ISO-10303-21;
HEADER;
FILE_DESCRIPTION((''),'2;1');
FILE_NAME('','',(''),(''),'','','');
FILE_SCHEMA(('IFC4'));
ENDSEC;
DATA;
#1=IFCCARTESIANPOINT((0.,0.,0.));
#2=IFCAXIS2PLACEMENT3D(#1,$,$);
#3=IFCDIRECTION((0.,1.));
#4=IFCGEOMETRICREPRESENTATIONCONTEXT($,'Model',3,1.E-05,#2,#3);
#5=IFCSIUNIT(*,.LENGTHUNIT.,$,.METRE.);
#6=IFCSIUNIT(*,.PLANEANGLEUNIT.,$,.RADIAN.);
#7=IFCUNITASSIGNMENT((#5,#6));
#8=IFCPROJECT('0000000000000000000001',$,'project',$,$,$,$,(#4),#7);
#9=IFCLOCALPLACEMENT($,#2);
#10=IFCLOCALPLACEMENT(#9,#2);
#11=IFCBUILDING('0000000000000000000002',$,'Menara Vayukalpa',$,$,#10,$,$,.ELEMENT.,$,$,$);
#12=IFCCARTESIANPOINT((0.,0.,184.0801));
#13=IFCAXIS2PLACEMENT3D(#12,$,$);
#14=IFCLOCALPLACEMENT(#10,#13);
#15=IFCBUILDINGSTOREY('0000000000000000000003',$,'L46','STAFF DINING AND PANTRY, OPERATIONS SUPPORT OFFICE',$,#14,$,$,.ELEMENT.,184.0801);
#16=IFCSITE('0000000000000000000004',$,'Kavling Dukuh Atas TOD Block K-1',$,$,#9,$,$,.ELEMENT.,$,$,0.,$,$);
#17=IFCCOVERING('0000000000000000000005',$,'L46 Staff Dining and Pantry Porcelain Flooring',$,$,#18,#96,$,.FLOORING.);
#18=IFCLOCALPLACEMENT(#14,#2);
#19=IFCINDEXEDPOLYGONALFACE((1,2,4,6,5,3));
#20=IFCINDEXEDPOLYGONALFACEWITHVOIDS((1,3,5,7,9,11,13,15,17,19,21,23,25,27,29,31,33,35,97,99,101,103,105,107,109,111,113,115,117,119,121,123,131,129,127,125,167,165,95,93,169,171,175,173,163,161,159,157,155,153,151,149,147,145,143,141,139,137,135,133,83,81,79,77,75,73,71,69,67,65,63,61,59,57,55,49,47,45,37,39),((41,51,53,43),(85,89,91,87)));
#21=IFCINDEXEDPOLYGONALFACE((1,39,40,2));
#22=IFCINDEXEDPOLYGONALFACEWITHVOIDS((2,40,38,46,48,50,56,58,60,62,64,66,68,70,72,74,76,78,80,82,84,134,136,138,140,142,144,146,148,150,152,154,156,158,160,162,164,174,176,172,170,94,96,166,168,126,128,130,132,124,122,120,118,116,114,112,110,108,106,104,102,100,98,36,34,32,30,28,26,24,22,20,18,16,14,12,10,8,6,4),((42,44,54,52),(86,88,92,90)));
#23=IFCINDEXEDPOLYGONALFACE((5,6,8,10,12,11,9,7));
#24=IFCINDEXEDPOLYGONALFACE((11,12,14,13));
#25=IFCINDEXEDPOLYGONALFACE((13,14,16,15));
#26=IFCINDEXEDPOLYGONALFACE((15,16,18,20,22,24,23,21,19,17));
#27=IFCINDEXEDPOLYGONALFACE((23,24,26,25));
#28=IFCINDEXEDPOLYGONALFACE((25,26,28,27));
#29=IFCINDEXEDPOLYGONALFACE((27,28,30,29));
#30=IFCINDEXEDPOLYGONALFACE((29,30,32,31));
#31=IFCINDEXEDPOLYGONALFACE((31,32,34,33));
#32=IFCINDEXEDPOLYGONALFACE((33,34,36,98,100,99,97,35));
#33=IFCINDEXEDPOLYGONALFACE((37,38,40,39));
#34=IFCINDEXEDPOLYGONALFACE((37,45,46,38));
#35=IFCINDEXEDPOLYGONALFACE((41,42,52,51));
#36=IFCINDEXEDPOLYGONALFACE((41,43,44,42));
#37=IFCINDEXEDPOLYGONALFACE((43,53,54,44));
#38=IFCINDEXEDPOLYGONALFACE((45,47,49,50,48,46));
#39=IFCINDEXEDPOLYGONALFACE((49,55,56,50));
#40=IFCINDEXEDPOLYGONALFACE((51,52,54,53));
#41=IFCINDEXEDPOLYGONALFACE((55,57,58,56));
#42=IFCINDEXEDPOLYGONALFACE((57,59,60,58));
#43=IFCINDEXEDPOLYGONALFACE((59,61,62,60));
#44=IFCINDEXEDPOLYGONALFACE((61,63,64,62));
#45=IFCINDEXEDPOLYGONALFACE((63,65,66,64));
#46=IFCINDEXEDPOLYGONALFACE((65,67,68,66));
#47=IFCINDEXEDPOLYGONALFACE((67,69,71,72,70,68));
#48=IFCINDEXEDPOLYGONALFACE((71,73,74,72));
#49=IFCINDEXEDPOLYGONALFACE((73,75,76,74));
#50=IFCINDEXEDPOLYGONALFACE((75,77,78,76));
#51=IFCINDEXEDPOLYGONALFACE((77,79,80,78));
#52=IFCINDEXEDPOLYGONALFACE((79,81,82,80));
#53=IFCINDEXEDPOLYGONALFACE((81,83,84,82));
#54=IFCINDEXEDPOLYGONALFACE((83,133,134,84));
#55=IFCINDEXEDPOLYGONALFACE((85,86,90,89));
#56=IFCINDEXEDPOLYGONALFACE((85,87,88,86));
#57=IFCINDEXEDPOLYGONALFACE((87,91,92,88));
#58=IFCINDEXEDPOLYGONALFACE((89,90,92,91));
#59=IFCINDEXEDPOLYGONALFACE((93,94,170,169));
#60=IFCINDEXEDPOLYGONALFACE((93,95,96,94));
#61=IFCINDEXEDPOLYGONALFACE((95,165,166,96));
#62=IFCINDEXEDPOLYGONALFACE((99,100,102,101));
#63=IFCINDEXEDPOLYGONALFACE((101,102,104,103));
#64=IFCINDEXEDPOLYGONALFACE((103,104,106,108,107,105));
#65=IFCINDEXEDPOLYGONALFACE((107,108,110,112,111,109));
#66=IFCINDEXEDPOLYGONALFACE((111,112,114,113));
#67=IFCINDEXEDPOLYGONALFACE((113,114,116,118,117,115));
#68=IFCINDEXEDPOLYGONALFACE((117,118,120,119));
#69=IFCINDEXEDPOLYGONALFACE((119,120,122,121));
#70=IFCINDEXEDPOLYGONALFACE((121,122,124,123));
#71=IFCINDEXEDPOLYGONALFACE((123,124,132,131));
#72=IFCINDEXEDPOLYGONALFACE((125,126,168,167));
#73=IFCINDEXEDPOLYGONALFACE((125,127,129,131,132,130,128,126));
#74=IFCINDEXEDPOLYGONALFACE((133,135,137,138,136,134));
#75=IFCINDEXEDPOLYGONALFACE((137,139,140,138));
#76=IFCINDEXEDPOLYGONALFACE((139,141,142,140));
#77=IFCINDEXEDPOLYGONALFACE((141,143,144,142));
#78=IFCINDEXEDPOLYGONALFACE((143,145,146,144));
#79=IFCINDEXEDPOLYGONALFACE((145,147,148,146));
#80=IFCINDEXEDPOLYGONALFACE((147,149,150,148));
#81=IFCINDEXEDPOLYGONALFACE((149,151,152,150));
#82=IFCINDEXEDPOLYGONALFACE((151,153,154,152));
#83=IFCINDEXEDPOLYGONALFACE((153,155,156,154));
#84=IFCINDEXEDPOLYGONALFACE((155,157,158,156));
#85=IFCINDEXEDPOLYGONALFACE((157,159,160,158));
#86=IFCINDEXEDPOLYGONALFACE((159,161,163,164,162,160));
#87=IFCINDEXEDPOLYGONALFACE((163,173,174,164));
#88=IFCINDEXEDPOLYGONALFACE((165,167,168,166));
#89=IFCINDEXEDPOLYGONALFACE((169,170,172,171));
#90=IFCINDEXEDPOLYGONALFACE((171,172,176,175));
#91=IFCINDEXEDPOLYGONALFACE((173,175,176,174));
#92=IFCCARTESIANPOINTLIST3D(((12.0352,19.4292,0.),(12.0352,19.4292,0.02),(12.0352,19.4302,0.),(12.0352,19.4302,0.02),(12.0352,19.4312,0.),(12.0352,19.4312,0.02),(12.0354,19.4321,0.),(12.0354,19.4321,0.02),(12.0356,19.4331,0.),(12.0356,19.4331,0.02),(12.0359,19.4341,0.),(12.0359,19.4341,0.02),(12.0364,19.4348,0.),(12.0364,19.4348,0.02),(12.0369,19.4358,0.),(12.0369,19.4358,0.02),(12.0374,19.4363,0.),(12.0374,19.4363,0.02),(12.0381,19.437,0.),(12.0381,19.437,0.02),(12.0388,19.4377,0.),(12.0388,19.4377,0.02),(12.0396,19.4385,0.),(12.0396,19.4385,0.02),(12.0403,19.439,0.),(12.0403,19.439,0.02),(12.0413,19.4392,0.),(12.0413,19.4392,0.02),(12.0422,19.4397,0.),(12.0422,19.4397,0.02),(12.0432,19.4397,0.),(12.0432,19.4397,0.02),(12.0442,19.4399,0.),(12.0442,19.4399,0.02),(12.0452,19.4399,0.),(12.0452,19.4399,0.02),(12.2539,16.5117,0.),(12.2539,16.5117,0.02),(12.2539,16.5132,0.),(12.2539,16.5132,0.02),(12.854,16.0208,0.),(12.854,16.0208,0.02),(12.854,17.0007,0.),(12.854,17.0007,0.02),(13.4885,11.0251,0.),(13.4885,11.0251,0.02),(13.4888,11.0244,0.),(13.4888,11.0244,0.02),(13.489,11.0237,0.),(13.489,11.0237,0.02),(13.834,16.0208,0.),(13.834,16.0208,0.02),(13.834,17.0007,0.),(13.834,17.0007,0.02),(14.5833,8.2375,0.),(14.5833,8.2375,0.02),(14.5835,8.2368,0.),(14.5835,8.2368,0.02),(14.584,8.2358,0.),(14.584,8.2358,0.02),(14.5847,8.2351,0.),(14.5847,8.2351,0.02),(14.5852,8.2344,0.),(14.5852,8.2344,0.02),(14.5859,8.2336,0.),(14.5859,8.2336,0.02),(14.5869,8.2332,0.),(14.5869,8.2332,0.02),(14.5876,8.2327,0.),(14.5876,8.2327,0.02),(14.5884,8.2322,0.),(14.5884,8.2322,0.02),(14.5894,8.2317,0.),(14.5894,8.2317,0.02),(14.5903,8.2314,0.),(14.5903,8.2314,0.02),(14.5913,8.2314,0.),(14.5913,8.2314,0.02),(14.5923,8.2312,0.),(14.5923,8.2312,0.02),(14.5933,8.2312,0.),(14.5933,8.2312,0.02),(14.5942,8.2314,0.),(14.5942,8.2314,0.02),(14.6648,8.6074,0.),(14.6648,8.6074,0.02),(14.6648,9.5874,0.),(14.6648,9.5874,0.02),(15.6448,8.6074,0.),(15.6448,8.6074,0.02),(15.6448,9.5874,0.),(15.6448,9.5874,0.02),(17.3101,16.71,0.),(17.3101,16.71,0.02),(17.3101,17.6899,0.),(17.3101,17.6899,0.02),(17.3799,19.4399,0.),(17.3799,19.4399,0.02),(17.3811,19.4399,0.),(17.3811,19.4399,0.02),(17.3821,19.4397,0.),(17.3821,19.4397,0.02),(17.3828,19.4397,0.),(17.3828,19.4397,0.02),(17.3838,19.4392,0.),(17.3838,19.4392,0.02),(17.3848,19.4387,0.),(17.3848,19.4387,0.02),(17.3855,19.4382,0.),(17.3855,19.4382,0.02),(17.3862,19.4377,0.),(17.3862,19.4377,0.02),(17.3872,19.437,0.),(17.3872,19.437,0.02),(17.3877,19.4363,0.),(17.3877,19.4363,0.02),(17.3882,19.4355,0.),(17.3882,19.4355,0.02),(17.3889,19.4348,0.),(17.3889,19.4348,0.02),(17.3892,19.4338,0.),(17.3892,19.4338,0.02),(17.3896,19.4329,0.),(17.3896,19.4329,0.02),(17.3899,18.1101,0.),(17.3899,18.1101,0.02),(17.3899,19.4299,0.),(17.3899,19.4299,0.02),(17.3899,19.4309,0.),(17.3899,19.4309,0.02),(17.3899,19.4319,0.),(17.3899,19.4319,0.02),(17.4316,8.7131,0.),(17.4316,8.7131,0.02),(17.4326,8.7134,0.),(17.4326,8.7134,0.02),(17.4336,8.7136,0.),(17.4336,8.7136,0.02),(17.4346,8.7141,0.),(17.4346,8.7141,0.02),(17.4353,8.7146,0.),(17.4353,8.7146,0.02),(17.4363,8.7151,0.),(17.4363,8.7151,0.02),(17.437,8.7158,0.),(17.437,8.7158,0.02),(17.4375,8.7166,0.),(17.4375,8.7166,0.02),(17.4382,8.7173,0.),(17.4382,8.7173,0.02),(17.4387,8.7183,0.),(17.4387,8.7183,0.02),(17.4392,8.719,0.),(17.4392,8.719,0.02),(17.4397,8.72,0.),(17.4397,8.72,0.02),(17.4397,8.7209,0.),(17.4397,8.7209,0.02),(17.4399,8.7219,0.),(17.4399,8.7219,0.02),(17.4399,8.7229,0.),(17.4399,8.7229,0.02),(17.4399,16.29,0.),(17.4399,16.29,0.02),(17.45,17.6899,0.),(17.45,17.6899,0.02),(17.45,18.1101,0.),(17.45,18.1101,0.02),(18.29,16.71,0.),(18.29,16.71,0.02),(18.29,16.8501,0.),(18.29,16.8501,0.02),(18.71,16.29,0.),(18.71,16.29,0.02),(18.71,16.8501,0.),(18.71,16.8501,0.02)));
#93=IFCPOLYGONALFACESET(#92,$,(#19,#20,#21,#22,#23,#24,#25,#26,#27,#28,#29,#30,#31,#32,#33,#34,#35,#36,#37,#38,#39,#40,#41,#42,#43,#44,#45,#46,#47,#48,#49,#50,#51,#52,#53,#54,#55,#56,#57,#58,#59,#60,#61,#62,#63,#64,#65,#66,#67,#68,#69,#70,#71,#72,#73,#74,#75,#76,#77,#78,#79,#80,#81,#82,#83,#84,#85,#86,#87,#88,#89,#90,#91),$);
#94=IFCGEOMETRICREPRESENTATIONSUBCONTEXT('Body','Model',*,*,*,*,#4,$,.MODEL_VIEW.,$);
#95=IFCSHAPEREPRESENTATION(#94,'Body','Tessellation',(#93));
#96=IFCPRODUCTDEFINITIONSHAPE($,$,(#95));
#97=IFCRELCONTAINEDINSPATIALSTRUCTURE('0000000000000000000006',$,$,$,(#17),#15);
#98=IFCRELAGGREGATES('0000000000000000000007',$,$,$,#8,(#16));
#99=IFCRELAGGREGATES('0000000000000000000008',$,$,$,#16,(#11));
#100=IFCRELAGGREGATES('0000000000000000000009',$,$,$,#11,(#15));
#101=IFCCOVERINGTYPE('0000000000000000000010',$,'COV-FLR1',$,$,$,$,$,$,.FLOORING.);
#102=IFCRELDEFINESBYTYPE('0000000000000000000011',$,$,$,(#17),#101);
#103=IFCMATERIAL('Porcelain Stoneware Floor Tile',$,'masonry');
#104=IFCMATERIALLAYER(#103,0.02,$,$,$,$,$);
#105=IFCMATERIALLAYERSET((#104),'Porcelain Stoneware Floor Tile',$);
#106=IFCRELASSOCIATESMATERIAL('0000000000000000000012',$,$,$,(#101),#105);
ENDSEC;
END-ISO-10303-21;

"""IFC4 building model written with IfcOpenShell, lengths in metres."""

from ifc_helpers import new_model, si_unit, direction, frame, origin, place, context, subcontext, project, spatial, polyline, outline, extrude, material, layer, layer_set, type_object, element, save


model = new_model("IFC4")

# Units and contexts
model_context = context("Model", 3, precision=1e-05, world=origin(), true_north=direction((0.0, 1.0)))
body_context = subcontext(model_context, "Body", "Model", "MODEL_VIEW")
ifc_project = project(units=[si_unit("LENGTHUNIT", "METRE"), si_unit("PLANEANGLEUNIT", "RADIAN")], contexts=[model_context])

# Site, building, storey
site_placement = place(None, origin())
site = spatial("IfcSite", under=ifc_project, at=site_placement, Name="Kavling Dukuh Atas TOD Block K-1", CompositionType="ELEMENT", RefElevation=0.0)
building_placement = place(site_placement, origin())
building = spatial("IfcBuilding", under=site, at=building_placement, Name="Menara Vayukalpa", CompositionType="ELEMENT")
storey_placement = place(building_placement, frame((0.0, 0.0, 184.0801)))
storey = spatial("IfcBuildingStorey", under=building, at=storey_placement, Name="L46", Description="STAFF DINING AND PANTRY, OPERATIONS SUPPORT OFFICE", CompositionType="ELEMENT", Elevation=184.0801)

# Covering
ifc_material_1 = material(Name="Porcelain Stoneware Floor Tile", Category="masonry")
ifc_layer_1 = layer(ifc_material_1, 0.02)
ifc_layer_set_1 = layer_set([ifc_layer_1], Name="Porcelain Stoneware Floor Tile")
covering_type_1 = type_object("IfcCoveringType", Name="COV-FLR1", PredefinedType="FLOORING", material=ifc_layer_set_1)
covering_1_placement = place(storey_placement, origin())
element("IfcCovering", 1, at=covering_1_placement, inside=storey, type_object=covering_type_1, Name="L46 Staff Dining and Pantry Porcelain Flooring", PredefinedType="FLOORING", context=body_context, shape_type="SweptSolid", body=[
    extrude(outline(polyline([(14.5913, 8.2314), (14.5903, 8.2314), (14.5894, 8.2317), (14.5884, 8.2322), (14.5876, 8.2327), (14.5869, 8.2332), (14.5859, 8.2336), (14.5852, 8.2344), (14.5847, 8.2351), (14.584, 8.2358), (14.5835, 8.2368), (14.5833, 8.2375), (13.489, 11.0237), (13.4888, 11.0244), (13.4885, 11.0251), (12.2539, 16.5117), (12.2539, 16.5132), (12.0352, 19.4292), (12.0352, 19.4302), (12.0352, 19.4312), (12.0354, 19.4321), (12.0356, 19.4331), (12.0359, 19.4341), (12.0364, 19.4348), (12.0369, 19.4358), (12.0374, 19.4363), (12.0381, 19.437), (12.0388, 19.4377), (12.0396, 19.4385), (12.0403, 19.439), (12.0413, 19.4392), (12.0422, 19.4397), (12.0432, 19.4397), (12.0442, 19.4399), (12.0452, 19.4399), (17.3799, 19.4399), (17.3811, 19.4399), (17.3821, 19.4397), (17.3828, 19.4397), (17.3838, 19.4392), (17.3848, 19.4387), (17.3855, 19.4382), (17.3862, 19.4377), (17.3872, 19.437), (17.3877, 19.4363), (17.3882, 19.4355), (17.3889, 19.4348), (17.3892, 19.4338), (17.3896, 19.4329), (17.3899, 19.4319), (17.3899, 19.4309), (17.3899, 19.4299), (17.3899, 18.1101), (17.45, 18.1101), (17.45, 17.6899), (17.3101, 17.6899), (17.3101, 16.71), (18.29, 16.71), (18.29, 16.8501), (18.71, 16.8501), (18.71, 16.29), (17.4399, 16.29), (17.4399, 8.7229), (17.4399, 8.7219), (17.4397, 8.7209), (17.4397, 8.72), (17.4392, 8.719), (17.4387, 8.7183), (17.4382, 8.7173), (17.4375, 8.7166), (17.437, 8.7158), (17.4363, 8.7151), (17.4353, 8.7146), (17.4346, 8.7141), (17.4336, 8.7136), (17.4326, 8.7134), (17.4316, 8.7131), (14.5942, 8.2314), (14.5933, 8.2312), (14.5923, 8.2312), (14.5913, 8.2314)]), holes=[polyline([(14.6648, 9.5874), (14.6648, 8.6074), (15.6448, 8.6074), (15.6448, 9.5874), (14.6648, 9.5874)]), polyline([(13.834, 17.0007), (12.854, 17.0007), (12.854, 16.0208), (13.834, 16.0208), (13.834, 17.0007)])]), origin(), (0.0, 0.0, 1.0), 0.02),
])

save(model, "model.ifc")
